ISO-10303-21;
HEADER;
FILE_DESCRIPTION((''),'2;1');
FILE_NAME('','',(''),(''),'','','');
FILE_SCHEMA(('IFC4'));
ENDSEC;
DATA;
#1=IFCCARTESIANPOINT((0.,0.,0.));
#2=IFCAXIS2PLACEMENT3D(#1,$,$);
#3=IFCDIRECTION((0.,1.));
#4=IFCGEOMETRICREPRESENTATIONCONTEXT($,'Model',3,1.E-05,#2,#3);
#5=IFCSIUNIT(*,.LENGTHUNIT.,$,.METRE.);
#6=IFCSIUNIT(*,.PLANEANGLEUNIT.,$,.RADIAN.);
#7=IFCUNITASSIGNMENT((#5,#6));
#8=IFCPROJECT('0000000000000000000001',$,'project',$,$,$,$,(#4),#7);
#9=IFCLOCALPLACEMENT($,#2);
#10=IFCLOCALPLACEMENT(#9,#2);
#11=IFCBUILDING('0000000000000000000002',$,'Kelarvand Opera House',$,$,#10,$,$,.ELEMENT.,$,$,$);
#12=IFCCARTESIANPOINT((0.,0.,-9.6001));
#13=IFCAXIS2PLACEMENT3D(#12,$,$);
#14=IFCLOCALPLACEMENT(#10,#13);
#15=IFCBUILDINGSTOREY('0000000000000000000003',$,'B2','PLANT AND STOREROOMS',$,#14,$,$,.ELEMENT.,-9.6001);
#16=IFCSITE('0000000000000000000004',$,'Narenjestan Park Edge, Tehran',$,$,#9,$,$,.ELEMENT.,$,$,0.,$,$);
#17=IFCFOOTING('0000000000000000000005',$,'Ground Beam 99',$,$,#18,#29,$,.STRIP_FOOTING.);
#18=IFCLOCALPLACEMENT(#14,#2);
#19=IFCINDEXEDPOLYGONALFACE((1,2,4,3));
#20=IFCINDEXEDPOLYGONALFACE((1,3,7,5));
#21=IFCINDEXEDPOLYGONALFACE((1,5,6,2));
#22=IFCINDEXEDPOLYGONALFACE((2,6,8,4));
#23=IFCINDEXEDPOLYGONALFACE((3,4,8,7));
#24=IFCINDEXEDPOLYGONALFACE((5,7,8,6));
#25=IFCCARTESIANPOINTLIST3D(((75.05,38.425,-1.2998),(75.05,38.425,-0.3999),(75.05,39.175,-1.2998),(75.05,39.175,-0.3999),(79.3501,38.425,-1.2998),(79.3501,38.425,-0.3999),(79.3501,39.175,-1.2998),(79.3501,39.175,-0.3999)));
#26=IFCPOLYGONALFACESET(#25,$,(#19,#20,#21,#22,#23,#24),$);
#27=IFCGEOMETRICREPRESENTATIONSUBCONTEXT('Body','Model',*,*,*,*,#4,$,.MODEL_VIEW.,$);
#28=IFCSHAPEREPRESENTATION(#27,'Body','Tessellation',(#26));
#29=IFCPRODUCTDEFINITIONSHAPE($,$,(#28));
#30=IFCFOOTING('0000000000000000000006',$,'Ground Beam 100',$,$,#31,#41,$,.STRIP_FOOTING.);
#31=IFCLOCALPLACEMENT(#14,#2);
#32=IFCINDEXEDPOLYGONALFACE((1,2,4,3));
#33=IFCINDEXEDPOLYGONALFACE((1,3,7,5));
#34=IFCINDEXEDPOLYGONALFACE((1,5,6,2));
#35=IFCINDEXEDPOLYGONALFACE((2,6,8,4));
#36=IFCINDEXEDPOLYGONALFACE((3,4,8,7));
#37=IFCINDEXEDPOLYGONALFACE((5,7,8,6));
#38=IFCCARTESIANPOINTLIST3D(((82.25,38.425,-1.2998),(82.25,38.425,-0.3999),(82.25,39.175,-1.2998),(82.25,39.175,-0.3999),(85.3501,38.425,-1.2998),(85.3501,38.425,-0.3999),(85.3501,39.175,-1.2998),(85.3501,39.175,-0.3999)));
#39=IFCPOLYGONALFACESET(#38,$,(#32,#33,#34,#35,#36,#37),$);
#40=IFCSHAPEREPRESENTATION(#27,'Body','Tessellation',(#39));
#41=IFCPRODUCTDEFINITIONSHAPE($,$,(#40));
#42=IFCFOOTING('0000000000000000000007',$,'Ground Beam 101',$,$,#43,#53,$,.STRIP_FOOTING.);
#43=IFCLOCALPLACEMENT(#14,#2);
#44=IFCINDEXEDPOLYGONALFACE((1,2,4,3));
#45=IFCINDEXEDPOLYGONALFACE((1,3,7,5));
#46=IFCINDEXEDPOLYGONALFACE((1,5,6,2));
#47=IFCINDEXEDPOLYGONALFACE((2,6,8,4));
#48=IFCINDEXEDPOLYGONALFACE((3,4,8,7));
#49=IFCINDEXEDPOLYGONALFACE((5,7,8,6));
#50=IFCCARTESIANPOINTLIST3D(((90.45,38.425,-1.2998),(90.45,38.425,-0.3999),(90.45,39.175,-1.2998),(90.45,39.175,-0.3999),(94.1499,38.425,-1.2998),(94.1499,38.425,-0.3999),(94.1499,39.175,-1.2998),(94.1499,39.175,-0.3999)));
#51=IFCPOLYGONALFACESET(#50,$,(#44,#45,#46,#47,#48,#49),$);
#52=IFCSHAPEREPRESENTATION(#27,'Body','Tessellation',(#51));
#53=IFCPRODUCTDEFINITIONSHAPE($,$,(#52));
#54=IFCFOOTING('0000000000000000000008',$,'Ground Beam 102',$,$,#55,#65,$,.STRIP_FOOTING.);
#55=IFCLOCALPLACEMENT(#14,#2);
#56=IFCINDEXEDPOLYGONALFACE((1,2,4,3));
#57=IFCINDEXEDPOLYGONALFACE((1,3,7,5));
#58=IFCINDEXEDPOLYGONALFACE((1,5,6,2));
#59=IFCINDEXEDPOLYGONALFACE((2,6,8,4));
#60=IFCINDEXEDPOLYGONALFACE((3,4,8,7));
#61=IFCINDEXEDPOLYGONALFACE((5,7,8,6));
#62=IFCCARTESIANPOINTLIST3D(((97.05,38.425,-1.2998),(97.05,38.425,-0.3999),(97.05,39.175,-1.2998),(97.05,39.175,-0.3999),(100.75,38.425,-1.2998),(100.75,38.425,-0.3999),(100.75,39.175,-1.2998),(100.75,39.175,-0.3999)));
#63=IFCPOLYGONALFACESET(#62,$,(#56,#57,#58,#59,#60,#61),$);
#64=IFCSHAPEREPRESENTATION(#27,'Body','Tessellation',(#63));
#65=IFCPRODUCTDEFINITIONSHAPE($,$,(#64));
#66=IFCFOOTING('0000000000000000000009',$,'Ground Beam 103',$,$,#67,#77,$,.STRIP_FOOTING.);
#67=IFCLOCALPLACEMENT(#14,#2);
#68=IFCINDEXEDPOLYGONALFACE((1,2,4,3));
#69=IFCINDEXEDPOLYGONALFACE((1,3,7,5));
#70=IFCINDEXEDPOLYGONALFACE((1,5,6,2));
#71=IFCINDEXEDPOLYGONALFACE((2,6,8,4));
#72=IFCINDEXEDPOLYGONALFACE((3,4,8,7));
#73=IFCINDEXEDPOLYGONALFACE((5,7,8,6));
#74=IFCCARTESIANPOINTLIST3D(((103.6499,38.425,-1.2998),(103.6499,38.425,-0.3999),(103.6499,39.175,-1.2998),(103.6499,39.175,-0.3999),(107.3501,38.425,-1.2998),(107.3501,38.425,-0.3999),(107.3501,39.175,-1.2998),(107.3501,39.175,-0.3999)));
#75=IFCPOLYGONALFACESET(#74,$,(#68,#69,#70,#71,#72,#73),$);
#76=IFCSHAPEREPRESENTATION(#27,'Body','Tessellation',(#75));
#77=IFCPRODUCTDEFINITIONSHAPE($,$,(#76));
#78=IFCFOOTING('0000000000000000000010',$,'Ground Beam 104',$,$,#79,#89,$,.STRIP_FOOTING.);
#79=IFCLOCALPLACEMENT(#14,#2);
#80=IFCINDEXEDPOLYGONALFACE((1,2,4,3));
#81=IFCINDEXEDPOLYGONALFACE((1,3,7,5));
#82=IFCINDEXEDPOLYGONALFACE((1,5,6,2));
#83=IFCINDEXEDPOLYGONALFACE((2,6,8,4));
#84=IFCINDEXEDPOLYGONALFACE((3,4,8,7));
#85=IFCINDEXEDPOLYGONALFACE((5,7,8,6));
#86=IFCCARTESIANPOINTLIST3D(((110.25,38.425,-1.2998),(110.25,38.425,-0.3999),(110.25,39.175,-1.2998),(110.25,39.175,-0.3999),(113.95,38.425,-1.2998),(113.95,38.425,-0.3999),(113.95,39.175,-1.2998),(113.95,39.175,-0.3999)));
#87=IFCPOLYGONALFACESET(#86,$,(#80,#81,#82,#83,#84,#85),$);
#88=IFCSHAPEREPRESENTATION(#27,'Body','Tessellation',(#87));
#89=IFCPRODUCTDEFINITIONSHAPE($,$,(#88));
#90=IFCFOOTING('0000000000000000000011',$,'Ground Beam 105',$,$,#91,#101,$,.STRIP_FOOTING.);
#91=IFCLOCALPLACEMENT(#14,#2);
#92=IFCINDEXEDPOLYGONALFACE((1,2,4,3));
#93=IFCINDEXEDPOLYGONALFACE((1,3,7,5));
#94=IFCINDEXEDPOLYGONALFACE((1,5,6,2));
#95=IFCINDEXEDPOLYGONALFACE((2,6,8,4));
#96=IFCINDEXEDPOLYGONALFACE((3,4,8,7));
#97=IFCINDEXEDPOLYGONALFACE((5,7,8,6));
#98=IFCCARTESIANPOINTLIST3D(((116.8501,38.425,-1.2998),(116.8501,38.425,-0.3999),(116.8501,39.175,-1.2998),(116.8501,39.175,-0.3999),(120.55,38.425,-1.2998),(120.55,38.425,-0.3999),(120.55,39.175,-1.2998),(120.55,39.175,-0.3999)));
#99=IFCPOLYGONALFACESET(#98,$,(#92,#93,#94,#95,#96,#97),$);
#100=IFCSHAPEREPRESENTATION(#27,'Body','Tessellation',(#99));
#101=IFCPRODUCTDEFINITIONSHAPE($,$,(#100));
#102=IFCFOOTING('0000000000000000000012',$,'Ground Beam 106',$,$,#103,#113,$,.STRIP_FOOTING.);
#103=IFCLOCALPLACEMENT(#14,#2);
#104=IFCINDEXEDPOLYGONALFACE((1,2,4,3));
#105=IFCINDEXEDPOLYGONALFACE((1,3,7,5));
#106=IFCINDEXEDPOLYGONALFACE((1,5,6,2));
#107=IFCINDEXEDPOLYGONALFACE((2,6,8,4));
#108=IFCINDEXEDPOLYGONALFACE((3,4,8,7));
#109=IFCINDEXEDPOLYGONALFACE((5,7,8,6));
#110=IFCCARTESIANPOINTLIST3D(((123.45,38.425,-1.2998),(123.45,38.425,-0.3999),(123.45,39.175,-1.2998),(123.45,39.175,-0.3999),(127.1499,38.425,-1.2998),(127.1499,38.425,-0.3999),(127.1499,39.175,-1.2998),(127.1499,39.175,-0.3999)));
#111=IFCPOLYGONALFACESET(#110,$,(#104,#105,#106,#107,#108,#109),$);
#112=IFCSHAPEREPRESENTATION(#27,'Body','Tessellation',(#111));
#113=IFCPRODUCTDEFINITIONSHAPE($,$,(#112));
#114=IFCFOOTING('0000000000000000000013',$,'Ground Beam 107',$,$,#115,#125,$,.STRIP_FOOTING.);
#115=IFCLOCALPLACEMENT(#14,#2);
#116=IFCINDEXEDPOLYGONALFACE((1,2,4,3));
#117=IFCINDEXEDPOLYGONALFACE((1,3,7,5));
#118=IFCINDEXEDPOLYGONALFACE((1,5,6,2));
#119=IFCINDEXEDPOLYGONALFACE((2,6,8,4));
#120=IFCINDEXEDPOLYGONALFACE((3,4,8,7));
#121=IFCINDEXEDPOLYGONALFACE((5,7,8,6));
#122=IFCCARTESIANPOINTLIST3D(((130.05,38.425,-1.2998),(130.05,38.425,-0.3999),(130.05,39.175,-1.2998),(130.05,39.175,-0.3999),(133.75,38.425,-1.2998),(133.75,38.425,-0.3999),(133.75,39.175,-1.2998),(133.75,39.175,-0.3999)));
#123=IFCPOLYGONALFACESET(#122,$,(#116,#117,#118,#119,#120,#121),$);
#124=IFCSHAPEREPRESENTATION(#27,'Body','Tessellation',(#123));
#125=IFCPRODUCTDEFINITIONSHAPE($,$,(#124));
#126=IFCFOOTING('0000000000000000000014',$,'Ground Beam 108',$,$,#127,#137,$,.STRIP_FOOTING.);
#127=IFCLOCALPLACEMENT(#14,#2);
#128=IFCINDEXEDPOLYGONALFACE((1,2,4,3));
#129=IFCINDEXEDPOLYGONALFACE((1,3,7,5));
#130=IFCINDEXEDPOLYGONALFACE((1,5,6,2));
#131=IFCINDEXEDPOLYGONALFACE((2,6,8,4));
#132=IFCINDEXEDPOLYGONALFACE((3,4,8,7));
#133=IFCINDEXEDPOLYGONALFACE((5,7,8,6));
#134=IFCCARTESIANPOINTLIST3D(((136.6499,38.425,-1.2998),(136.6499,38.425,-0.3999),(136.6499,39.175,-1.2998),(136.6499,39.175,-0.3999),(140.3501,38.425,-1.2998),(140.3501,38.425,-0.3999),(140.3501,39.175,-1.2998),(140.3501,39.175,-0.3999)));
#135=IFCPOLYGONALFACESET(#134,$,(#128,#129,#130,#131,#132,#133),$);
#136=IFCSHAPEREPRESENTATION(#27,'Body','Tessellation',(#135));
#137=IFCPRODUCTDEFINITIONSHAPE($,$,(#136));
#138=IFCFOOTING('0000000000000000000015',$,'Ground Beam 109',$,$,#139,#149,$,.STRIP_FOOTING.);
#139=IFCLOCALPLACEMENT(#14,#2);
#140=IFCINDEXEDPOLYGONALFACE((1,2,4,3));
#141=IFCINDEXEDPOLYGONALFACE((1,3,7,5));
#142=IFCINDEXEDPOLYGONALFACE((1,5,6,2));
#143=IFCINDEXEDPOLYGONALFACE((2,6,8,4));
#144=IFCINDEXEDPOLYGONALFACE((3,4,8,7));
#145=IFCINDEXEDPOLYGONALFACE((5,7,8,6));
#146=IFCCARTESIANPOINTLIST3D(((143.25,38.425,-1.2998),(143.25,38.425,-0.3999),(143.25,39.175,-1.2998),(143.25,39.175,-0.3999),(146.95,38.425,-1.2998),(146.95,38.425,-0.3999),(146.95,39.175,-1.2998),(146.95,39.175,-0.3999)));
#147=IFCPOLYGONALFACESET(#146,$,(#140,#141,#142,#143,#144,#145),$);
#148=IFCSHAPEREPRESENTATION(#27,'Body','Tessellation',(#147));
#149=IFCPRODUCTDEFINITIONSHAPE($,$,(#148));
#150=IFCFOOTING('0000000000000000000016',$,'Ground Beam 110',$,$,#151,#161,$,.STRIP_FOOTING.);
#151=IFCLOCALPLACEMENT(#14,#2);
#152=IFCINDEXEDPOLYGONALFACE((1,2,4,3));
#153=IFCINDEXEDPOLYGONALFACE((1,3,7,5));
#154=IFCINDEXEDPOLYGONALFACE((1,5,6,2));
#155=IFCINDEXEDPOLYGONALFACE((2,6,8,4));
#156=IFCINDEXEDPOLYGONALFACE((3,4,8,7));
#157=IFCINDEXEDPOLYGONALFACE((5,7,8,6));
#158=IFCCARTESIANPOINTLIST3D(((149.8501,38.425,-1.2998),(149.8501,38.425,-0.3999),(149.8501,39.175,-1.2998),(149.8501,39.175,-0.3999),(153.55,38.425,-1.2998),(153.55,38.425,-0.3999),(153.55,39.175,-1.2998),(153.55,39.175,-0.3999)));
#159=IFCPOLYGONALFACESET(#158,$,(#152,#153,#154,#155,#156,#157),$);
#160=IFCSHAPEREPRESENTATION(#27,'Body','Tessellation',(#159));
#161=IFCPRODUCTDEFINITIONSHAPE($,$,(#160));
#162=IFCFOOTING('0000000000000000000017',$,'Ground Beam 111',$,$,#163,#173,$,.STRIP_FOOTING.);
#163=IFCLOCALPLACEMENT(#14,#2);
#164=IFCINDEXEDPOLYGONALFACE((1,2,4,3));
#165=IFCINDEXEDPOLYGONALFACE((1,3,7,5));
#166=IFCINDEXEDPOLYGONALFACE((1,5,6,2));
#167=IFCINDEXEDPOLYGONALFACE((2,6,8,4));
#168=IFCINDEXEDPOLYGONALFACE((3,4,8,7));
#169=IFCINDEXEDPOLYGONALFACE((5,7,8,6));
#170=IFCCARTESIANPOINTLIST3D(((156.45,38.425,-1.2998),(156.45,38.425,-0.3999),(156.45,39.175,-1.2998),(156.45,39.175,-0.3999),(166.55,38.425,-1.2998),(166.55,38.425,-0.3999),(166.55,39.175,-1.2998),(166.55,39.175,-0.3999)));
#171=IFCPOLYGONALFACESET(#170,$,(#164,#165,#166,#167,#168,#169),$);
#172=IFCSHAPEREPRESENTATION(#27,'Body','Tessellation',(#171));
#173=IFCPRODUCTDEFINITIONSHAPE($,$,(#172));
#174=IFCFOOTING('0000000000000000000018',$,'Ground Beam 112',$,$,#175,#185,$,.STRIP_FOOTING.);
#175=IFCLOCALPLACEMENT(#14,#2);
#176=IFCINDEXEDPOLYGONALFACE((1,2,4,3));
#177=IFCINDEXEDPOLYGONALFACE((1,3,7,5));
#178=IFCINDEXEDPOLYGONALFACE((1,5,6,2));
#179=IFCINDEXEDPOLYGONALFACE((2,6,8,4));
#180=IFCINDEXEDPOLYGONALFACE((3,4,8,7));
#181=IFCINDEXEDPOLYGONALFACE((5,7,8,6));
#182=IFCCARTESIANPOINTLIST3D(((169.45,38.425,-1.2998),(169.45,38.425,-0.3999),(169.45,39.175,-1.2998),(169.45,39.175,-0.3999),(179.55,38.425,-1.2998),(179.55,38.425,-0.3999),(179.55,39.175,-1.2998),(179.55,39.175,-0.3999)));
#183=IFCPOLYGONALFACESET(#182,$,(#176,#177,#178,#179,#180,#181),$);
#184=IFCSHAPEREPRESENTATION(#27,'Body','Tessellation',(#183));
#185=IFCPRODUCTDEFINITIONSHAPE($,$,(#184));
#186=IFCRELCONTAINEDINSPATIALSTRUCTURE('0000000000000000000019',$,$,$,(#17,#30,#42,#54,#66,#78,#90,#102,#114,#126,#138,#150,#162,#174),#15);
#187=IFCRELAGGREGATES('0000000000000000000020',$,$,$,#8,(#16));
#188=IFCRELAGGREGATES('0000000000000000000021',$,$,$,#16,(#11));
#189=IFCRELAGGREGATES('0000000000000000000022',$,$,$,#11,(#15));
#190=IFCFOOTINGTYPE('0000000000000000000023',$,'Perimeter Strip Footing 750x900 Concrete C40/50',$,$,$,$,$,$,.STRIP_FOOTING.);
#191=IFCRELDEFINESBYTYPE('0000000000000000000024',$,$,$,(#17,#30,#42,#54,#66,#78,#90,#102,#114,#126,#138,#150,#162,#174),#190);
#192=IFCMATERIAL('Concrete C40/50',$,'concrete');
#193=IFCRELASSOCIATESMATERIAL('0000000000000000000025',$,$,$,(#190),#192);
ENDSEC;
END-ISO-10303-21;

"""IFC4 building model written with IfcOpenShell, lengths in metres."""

from ifc_helpers import new_model, si_unit, direction, frame, origin, place, context, subcontext, project, spatial, polyline, outline, extrude, material, type_object, element, save


model = new_model("IFC4")

# Units and contexts
model_context = context("Model", 3, precision=1e-05, world=origin(), true_north=direction((0.0, 1.0)))
body_context = subcontext(model_context, "Body", "Model", "MODEL_VIEW")
ifc_project = project(units=[si_unit("LENGTHUNIT", "METRE"), si_unit("PLANEANGLEUNIT", "RADIAN")], contexts=[model_context])

# Site, building, storey
site_placement = place(None, origin())
site = spatial("IfcSite", under=ifc_project, at=site_placement, Name="Narenjestan Park Edge, Tehran", CompositionType="ELEMENT", RefElevation=0.0)
building_placement = place(site_placement, origin())
building = spatial("IfcBuilding", under=site, at=building_placement, Name="Kelarvand Opera House", CompositionType="ELEMENT")
storey_placement = place(building_placement, frame((0.0, 0.0, -9.6001)))
storey = spatial("IfcBuildingStorey", under=building, at=storey_placement, Name="B2", Description="PLANT AND STOREROOMS", CompositionType="ELEMENT", Elevation=-9.6001)

# Footings
ifc_material = material(Name="Concrete C40/50", Category="concrete")
footing_type_1 = type_object("IfcFootingType", Name="Perimeter Strip Footing 750x900 Concrete C40/50", PredefinedType="STRIP_FOOTING", material=ifc_material)
footing_1_placement = place(storey_placement, frame((0.0, 0.0, -1.2998)))
element("IfcFooting", 1, at=footing_1_placement, inside=storey, type_object=footing_type_1, Name="Ground Beam 99", PredefinedType="STRIP_FOOTING", context=body_context, shape_type="SweptSolid", body=[
    extrude(outline(polyline([(75.05, 38.425), (79.3501, 38.425), (79.3501, 39.175), (75.05, 39.175), (75.05, 38.425)])), origin(), (0.0, 0.0, 1.0), 0.8999),
])
footing_2_placement = place(storey_placement, frame((0.0, 0.0, -1.2998)))
element("IfcFooting", 2, at=footing_2_placement, inside=storey, type_object=footing_type_1, Name="Ground Beam 100", PredefinedType="STRIP_FOOTING", context=body_context, shape_type="SweptSolid", body=[
    extrude(outline(polyline([(82.25, 38.425), (85.3501, 38.425), (85.3501, 39.175), (82.25, 39.175), (82.25, 38.425)])), origin(), (0.0, 0.0, 1.0), 0.8999),
])
footing_3_placement = place(storey_placement, frame((0.0, 0.0, -1.2998)))
element("IfcFooting", 3, at=footing_3_placement, inside=storey, type_object=footing_type_1, Name="Ground Beam 101", PredefinedType="STRIP_FOOTING", context=body_context, shape_type="SweptSolid", body=[
    extrude(outline(polyline([(90.45, 38.425), (94.1499, 38.425), (94.1499, 39.175), (90.45, 39.175), (90.45, 38.425)])), origin(), (0.0, 0.0, 1.0), 0.8999),
])
footing_4_placement = place(storey_placement, frame((0.0, 0.0, -1.2998)))
element("IfcFooting", 4, at=footing_4_placement, inside=storey, type_object=footing_type_1, Name="Ground Beam 102", PredefinedType="STRIP_FOOTING", context=body_context, shape_type="SweptSolid", body=[
    extrude(outline(polyline([(97.05, 38.425), (100.75, 38.425), (100.75, 39.175), (97.05, 39.175), (97.05, 38.425)])), origin(), (0.0, 0.0, 1.0), 0.8999),
])
footing_5_placement = place(storey_placement, frame((0.0, 0.0, -1.2998)))
element("IfcFooting", 5, at=footing_5_placement, inside=storey, type_object=footing_type_1, Name="Ground Beam 103", PredefinedType="STRIP_FOOTING", context=body_context, shape_type="SweptSolid", body=[
    extrude(outline(polyline([(103.6499, 38.425), (107.3501, 38.425), (107.3501, 39.175), (103.6499, 39.175), (103.6499, 38.425)])), origin(), (0.0, 0.0, 1.0), 0.8999),
])
footing_6_placement = place(storey_placement, frame((0.0, 0.0, -1.2998)))
element("IfcFooting", 6, at=footing_6_placement, inside=storey, type_object=footing_type_1, Name="Ground Beam 104", PredefinedType="STRIP_FOOTING", context=body_context, shape_type="SweptSolid", body=[
    extrude(outline(polyline([(110.25, 38.425), (113.95, 38.425), (113.95, 39.175), (110.25, 39.175), (110.25, 38.425)])), origin(), (0.0, 0.0, 1.0), 0.8999),
])
footing_7_placement = place(storey_placement, frame((0.0, 0.0, -1.2998)))
element("IfcFooting", 7, at=footing_7_placement, inside=storey, type_object=footing_type_1, Name="Ground Beam 105", PredefinedType="STRIP_FOOTING", context=body_context, shape_type="SweptSolid", body=[
    extrude(outline(polyline([(116.8501, 38.425), (120.55, 38.425), (120.55, 39.175), (116.8501, 39.175), (116.8501, 38.425)])), origin(), (0.0, 0.0, 1.0), 0.8999),
])
footing_8_placement = place(storey_placement, frame((0.0, 0.0, -1.2998)))
element("IfcFooting", 8, at=footing_8_placement, inside=storey, type_object=footing_type_1, Name="Ground Beam 106", PredefinedType="STRIP_FOOTING", context=body_context, shape_type="SweptSolid", body=[
    extrude(outline(polyline([(123.45, 38.425), (127.1499, 38.425), (127.1499, 39.175), (123.45, 39.175), (123.45, 38.425)])), origin(), (0.0, 0.0, 1.0), 0.8999),
])
footing_9_placement = place(storey_placement, frame((0.0, 0.0, -1.2998)))
element("IfcFooting", 9, at=footing_9_placement, inside=storey, type_object=footing_type_1, Name="Ground Beam 107", PredefinedType="STRIP_FOOTING", context=body_context, shape_type="SweptSolid", body=[
    extrude(outline(polyline([(130.05, 38.425), (133.75, 38.425), (133.75, 39.175), (130.05, 39.175), (130.05, 38.425)])), origin(), (0.0, 0.0, 1.0), 0.8999),
])
footing_10_placement = place(storey_placement, frame((0.0, 0.0, -1.2998)))
element("IfcFooting", 10, at=footing_10_placement, inside=storey, type_object=footing_type_1, Name="Ground Beam 108", PredefinedType="STRIP_FOOTING", context=body_context, shape_type="SweptSolid", body=[
    extrude(outline(polyline([(136.6499, 38.425), (140.3501, 38.425), (140.3501, 39.175), (136.6499, 39.175), (136.6499, 38.425)])), origin(), (0.0, 0.0, 1.0), 0.8999),
])
footing_11_placement = place(storey_placement, frame((0.0, 0.0, -1.2998)))
element("IfcFooting", 11, at=footing_11_placement, inside=storey, type_object=footing_type_1, Name="Ground Beam 109", PredefinedType="STRIP_FOOTING", context=body_context, shape_type="SweptSolid", body=[
    extrude(outline(polyline([(143.25, 38.425), (146.95, 38.425), (146.95, 39.175), (143.25, 39.175), (143.25, 38.425)])), origin(), (0.0, 0.0, 1.0), 0.8999),
])
footing_12_placement = place(storey_placement, frame((0.0, 0.0, -1.2998)))
element("IfcFooting", 12, at=footing_12_placement, inside=storey, type_object=footing_type_1, Name="Ground Beam 110", PredefinedType="STRIP_FOOTING", context=body_context, shape_type="SweptSolid", body=[
    extrude(outline(polyline([(149.8501, 38.425), (153.55, 38.425), (153.55, 39.175), (149.8501, 39.175), (149.8501, 38.425)])), origin(), (0.0, 0.0, 1.0), 0.8999),
])
footing_13_placement = place(storey_placement, frame((0.0, 0.0, -1.2998)))
element("IfcFooting", 13, at=footing_13_placement, inside=storey, type_object=footing_type_1, Name="Ground Beam 111", PredefinedType="STRIP_FOOTING", context=body_context, shape_type="SweptSolid", body=[
    extrude(outline(polyline([(156.45, 38.425), (166.55, 38.425), (166.55, 39.175), (156.45, 39.175), (156.45, 38.425)])), origin(), (0.0, 0.0, 1.0), 0.8999),
])
footing_14_placement = place(storey_placement, frame((0.0, 0.0, -1.2998)))
element("IfcFooting", 14, at=footing_14_placement, inside=storey, type_object=footing_type_1, Name="Ground Beam 112", PredefinedType="STRIP_FOOTING", context=body_context, shape_type="SweptSolid", body=[
    extrude(outline(polyline([(169.45, 38.425), (179.55, 38.425), (179.55, 39.175), (169.45, 39.175), (169.45, 38.425)])), origin(), (0.0, 0.0, 1.0), 0.8999),
])

save(model, "model.ifc")
